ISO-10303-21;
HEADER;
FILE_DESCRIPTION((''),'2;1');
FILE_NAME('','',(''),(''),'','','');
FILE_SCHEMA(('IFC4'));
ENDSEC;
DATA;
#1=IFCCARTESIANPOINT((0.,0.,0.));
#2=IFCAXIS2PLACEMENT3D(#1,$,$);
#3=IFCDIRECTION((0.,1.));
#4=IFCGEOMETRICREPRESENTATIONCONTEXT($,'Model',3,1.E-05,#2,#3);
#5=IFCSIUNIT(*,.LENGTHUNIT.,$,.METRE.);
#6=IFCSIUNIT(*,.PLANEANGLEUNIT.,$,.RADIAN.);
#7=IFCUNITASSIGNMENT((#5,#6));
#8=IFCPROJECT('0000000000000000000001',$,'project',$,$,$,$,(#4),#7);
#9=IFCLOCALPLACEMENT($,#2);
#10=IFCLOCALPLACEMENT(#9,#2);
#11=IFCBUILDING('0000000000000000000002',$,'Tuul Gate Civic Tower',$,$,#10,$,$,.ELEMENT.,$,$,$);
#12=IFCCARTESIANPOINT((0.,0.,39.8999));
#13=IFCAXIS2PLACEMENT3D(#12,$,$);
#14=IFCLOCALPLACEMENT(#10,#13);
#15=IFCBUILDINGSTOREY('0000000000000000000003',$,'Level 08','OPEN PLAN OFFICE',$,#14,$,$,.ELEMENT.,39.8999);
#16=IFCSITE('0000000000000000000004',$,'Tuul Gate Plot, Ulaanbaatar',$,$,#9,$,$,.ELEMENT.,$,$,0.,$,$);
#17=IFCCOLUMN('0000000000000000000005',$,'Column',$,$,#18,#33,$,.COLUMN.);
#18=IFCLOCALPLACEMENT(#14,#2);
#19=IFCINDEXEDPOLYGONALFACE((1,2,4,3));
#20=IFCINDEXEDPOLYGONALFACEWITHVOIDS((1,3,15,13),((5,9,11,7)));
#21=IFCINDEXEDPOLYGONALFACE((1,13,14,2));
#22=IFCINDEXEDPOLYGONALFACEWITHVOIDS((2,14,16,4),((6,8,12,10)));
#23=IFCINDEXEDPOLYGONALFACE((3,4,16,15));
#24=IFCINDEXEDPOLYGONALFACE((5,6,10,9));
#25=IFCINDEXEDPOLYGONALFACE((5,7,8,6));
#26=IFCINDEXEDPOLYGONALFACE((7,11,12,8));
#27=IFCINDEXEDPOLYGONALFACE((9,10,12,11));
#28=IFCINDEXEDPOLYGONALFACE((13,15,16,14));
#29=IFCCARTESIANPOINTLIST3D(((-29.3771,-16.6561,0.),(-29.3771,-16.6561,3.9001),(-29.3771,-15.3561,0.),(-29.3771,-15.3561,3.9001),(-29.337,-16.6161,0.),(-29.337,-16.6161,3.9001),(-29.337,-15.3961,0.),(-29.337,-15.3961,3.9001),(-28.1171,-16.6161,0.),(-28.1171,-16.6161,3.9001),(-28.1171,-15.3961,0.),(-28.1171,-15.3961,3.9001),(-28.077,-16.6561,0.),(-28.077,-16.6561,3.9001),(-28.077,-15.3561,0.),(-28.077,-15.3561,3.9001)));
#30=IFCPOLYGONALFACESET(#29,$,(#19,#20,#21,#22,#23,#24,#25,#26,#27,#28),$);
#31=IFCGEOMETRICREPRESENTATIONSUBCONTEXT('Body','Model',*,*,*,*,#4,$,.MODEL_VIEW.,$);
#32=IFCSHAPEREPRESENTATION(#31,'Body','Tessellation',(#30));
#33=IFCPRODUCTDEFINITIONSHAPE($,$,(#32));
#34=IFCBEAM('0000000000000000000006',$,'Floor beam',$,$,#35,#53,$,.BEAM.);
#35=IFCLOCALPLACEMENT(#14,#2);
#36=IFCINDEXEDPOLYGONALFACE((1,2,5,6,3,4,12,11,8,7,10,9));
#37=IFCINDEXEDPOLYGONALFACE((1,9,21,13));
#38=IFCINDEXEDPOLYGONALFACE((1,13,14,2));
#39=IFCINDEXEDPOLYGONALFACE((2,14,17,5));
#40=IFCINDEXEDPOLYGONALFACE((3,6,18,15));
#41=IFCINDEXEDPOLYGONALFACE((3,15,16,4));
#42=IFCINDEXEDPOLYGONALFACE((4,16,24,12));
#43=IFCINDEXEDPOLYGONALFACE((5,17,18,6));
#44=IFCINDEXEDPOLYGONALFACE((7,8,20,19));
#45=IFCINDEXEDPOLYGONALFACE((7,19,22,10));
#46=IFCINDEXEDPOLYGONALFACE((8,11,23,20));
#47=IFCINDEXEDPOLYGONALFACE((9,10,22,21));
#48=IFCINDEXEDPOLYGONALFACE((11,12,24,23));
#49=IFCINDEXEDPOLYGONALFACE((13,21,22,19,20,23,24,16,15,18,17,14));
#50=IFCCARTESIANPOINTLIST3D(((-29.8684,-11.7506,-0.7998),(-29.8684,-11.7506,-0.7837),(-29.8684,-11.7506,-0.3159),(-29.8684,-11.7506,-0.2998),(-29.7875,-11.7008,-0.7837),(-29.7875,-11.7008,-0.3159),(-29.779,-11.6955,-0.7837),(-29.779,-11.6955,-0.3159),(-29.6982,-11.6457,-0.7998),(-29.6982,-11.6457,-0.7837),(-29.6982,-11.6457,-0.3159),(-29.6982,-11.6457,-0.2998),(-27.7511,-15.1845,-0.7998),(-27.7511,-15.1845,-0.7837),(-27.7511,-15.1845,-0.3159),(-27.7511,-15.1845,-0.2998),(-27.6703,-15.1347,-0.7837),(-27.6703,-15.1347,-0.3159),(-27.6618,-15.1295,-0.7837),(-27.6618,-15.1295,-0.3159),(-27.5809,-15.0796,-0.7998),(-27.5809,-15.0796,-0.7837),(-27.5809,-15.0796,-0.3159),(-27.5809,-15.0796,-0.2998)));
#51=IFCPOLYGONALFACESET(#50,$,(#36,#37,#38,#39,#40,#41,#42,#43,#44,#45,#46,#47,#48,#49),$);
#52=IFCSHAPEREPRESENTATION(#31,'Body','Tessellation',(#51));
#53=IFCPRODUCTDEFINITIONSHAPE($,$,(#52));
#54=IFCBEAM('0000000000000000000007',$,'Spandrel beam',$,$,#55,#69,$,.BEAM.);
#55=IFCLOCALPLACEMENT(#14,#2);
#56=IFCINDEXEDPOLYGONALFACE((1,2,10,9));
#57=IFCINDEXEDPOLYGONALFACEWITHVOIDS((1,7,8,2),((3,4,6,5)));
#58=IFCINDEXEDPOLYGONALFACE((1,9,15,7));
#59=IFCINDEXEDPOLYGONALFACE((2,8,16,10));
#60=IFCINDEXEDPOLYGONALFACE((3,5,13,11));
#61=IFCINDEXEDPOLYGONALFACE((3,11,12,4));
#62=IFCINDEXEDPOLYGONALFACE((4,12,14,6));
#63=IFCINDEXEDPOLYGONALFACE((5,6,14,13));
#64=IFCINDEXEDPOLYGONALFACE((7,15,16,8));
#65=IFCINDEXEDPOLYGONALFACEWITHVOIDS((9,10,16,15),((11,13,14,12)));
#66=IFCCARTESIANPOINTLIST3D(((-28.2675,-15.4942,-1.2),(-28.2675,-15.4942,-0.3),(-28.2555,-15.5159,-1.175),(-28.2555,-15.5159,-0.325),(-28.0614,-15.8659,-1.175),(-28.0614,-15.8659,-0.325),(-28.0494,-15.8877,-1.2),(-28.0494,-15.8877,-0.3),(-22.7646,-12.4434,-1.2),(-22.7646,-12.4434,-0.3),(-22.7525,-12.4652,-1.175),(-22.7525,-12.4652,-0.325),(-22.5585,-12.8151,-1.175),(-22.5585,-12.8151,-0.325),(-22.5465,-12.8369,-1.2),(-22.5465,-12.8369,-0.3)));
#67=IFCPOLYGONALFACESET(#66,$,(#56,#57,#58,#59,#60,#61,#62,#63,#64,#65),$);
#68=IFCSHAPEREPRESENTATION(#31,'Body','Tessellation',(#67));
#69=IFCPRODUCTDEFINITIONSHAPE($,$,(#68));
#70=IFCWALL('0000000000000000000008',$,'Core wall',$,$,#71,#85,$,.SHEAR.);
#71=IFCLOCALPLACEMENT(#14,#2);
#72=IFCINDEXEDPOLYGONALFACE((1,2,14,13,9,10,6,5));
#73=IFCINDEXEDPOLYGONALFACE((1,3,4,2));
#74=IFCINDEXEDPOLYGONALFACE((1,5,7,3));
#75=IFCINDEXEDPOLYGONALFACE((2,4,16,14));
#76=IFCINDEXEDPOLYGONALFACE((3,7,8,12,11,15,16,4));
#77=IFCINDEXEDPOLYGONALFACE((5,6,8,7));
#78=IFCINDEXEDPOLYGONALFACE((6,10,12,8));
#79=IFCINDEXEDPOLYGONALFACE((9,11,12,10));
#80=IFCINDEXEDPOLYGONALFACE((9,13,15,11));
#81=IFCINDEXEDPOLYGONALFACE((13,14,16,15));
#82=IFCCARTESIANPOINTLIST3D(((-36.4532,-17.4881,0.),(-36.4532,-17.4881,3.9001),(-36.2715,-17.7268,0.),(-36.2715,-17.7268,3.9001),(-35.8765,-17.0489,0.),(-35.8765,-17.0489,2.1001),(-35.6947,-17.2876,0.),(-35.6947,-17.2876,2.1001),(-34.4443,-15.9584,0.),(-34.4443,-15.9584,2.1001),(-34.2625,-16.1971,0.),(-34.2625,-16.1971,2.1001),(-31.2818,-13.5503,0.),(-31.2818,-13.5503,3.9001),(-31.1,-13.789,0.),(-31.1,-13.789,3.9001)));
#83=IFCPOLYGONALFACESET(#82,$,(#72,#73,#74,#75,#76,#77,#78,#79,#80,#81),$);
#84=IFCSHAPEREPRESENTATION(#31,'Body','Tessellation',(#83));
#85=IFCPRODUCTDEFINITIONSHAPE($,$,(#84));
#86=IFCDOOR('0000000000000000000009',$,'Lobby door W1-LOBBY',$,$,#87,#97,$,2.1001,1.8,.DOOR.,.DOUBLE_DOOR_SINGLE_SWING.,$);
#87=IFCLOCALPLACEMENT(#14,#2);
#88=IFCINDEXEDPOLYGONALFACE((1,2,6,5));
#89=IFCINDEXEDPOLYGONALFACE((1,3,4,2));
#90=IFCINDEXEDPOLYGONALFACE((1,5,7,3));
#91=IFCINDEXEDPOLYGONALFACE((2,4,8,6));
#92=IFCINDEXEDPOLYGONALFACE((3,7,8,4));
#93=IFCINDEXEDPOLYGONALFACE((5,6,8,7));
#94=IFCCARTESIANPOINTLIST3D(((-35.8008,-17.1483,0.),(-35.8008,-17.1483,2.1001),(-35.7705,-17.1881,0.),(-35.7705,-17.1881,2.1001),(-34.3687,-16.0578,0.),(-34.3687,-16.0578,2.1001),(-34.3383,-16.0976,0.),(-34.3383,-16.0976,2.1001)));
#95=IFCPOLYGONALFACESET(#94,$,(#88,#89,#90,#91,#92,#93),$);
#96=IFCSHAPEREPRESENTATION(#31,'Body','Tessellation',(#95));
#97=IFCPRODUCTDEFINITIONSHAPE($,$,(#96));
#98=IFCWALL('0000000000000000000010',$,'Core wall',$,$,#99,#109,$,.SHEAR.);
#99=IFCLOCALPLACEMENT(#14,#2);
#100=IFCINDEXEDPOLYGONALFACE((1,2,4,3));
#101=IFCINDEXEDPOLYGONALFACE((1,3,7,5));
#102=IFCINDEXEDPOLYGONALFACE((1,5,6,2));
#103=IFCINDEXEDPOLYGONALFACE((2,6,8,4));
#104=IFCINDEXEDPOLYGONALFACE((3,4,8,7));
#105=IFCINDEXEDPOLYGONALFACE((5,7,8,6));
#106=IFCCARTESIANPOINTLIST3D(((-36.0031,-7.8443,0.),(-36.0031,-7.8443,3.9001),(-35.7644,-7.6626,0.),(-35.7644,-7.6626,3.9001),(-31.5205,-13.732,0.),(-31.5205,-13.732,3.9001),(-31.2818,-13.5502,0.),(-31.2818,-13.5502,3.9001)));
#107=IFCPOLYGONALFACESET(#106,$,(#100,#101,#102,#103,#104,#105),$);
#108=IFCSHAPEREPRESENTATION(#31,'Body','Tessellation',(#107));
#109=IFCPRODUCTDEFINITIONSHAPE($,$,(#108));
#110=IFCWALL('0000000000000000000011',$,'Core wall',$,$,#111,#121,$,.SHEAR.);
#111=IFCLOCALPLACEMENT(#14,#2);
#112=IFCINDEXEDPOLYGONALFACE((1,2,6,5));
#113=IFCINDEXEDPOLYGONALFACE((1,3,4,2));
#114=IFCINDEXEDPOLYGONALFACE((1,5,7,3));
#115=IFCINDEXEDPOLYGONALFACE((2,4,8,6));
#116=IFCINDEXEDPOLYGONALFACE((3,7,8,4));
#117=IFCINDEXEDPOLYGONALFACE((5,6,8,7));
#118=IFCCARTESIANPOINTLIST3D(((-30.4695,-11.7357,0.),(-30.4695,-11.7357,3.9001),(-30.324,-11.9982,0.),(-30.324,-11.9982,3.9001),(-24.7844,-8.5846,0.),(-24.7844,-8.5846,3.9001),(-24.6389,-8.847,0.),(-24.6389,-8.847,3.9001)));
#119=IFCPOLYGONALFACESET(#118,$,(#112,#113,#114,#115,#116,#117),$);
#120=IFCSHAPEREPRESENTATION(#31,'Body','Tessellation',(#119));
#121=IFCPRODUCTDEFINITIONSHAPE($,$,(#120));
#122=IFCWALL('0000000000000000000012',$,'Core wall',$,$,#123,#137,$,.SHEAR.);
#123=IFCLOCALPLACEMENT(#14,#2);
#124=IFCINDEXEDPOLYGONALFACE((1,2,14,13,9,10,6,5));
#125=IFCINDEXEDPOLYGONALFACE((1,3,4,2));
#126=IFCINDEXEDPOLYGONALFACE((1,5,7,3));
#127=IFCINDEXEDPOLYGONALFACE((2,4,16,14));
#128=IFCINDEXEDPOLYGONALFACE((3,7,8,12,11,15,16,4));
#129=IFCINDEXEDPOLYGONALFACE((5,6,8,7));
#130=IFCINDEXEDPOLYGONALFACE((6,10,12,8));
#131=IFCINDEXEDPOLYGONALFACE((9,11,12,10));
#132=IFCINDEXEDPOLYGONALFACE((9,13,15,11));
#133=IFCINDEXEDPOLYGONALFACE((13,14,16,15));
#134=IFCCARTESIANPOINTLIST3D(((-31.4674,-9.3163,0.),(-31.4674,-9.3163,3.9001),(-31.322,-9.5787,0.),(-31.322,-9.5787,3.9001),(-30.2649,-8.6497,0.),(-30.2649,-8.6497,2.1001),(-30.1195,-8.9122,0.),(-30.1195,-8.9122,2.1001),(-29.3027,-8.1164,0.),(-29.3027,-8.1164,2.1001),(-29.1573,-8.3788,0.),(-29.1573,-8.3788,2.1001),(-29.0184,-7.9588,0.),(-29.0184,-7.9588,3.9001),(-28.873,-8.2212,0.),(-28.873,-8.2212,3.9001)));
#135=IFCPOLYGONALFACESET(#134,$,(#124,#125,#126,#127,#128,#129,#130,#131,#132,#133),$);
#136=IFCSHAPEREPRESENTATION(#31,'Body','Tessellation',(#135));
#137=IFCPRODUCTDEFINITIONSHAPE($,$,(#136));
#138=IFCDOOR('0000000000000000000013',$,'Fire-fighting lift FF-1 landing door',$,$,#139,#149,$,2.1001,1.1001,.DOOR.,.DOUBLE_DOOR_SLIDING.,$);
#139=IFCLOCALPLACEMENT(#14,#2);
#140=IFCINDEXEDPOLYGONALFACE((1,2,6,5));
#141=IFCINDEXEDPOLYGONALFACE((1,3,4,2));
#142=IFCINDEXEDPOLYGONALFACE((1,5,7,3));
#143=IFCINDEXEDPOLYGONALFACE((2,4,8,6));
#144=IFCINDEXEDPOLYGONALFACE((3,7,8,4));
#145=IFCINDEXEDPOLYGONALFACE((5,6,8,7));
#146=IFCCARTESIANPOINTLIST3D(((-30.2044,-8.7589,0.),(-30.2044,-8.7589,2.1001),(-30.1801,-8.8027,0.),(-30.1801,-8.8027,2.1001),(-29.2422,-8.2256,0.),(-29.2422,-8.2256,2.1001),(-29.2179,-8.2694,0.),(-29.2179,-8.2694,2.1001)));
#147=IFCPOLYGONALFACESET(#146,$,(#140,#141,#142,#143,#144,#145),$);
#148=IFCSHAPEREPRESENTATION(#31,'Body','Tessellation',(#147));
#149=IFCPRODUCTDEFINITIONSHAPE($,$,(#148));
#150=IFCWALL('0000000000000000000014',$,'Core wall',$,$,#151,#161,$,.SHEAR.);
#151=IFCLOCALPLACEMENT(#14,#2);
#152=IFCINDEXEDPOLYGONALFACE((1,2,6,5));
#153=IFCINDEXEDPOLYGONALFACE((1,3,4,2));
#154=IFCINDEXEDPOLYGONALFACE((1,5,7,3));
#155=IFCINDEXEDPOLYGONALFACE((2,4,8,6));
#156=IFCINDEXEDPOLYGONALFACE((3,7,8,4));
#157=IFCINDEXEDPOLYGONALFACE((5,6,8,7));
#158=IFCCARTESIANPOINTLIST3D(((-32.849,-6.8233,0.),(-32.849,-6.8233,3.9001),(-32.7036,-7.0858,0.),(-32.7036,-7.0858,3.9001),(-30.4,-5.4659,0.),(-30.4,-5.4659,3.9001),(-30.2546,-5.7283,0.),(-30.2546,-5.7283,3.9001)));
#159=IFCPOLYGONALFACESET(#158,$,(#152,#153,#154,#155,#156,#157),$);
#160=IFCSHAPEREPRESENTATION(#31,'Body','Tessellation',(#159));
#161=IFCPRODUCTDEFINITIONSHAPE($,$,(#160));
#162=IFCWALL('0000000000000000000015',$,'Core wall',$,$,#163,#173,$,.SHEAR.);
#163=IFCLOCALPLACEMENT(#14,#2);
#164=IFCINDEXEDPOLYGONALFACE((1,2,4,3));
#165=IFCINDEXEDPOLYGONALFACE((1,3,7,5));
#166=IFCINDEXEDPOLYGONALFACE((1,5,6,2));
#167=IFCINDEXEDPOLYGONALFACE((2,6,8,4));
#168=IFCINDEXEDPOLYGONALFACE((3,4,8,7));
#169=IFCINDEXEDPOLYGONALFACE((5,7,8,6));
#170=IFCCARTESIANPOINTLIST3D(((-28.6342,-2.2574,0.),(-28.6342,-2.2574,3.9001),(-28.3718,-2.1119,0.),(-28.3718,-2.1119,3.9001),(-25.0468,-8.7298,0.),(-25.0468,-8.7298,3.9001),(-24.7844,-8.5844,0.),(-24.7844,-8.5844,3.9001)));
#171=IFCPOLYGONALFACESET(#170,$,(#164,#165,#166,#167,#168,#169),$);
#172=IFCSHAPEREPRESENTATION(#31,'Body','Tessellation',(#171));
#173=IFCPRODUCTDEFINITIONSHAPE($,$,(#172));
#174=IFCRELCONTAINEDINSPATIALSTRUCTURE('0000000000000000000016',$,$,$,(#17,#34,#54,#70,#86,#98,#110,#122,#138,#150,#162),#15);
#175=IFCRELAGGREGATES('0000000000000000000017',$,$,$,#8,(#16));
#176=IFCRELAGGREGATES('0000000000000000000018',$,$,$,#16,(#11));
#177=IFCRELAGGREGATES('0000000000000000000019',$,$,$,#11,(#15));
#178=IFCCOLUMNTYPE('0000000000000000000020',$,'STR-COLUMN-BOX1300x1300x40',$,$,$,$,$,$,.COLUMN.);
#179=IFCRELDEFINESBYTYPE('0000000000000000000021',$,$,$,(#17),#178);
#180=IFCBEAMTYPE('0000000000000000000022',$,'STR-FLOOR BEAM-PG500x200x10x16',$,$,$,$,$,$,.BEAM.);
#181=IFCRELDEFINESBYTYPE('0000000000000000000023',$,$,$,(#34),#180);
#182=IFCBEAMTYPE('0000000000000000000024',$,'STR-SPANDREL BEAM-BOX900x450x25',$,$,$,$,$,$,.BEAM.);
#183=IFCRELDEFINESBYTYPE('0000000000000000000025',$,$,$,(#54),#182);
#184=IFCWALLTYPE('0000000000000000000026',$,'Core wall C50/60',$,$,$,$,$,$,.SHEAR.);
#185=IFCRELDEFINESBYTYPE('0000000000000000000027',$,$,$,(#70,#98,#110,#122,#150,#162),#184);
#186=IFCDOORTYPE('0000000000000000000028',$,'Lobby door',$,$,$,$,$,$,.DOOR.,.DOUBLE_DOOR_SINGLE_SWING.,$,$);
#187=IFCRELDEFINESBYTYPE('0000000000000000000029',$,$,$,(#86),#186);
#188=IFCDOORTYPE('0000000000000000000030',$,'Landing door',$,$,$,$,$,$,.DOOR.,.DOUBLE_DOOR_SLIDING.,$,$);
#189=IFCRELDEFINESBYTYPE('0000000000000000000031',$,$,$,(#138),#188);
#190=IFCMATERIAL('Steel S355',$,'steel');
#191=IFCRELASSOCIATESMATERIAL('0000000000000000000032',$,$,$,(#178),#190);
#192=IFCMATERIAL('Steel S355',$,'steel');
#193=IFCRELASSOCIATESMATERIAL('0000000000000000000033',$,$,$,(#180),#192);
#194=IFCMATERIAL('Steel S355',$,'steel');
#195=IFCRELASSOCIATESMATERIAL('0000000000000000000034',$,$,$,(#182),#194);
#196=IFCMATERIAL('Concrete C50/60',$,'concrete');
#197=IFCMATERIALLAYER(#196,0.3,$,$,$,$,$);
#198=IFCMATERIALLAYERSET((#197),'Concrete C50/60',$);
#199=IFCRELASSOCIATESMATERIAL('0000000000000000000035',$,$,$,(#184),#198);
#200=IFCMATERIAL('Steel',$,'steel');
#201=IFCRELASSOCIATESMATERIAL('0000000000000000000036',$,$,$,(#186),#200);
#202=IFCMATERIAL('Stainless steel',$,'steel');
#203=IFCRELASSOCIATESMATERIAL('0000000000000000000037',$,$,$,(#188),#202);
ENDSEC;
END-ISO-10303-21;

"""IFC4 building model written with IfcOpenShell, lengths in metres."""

from ifc_helpers import new_model, si_unit, direction, frame, frame_2d, origin, origin_2d, place, context, subcontext, project, spatial, rectangle, hollow_rectangle, i_section, extrude, material, layer, layer_set, material_profile, profile_set, type_object, element, fill, save


model = new_model("IFC4")

# Units and contexts
model_context = context("Model", 3, precision=1e-05, world=origin(), true_north=direction((0.0, 1.0)))
body_context = subcontext(model_context, "Body", "Model", "MODEL_VIEW")
ifc_project = project(units=[si_unit("LENGTHUNIT", "METRE"), si_unit("PLANEANGLEUNIT", "RADIAN")], contexts=[model_context])

# Site, building, storey
site_placement = place(None, origin())
site = spatial("IfcSite", under=ifc_project, at=site_placement, Name="Tuul Gate Plot, Ulaanbaatar", CompositionType="ELEMENT", RefElevation=0.0)
building_placement = place(site_placement, origin())
building = spatial("IfcBuilding", under=site, at=building_placement, Name="Tuul Gate Civic Tower", CompositionType="ELEMENT")
storey_placement = place(building_placement, frame((0.0, 0.0, 39.8999)))
storey = spatial("IfcBuildingStorey", under=building, at=storey_placement, Name="Level 08", Description="OPEN PLAN OFFICE", CompositionType="ELEMENT", Elevation=39.8999)

# Column
ifc_material_1 = material(Name="Steel S355", Category="steel")
ifc_material_profile_1 = material_profile(ifc_material_1, hollow_rectangle(XDim=1.3, YDim=1.3, WallThickness=0.04, at=origin_2d()), Name="BOX1300x1300x40")
ifc_profile_set_1 = profile_set([ifc_material_profile_1], Name="Steel S355")
column_type = type_object("IfcColumnType", Name="STR-COLUMN-BOX1300x1300x40", PredefinedType="COLUMN", material=ifc_profile_set_1)
column_placement = place(storey_placement, frame((-28.7271, -16.0061, 0.0), z_axis=(0.0, 0.0, 1.0), x_axis=(1.0, 0.0, 0.0)))
element("IfcColumn", 1, at=column_placement, inside=storey, type_object=column_type, Name="Column", PredefinedType="COLUMN", context=body_context, shape_type="SweptSolid", body=[
    extrude(hollow_rectangle(XDim=1.3, YDim=1.3, WallThickness=0.04, at=origin_2d()), origin(), (0.0, 0.0, 1.0), 3.9001),
])

# Beams
ifc_material_2 = material(Name="Steel S355", Category="steel")
ifc_material_profile_2 = material_profile(ifc_material_2, i_section(OverallWidth=0.2, OverallDepth=0.5, WebThickness=0.01, FlangeThickness=0.0161, at=origin_2d()), Name="PG500x200x10x16")
ifc_profile_set_2 = profile_set([ifc_material_profile_2], Name="Steel S355")
beam_type_1 = type_object("IfcBeamType", Name="STR-FLOOR BEAM-PG500x200x10x16", PredefinedType="BEAM", material=ifc_profile_set_2)
beam_1_placement = place(storey_placement, frame((-27.666, -15.1321, -0.5498), z_axis=(-0.524827, 0.851209, 0.0), x_axis=(-0.851209, -0.524827, 0.0)))
element("IfcBeam", 2, at=beam_1_placement, inside=storey, type_object=beam_type_1, Name="Floor beam", PredefinedType="BEAM", context=body_context, shape_type="SweptSolid", body=[
    extrude(i_section(OverallWidth=0.2, OverallDepth=0.5, WebThickness=0.01, FlangeThickness=0.0161, at=origin_2d()), origin(), (0.0, 0.0, 1.0), 4.0342),
])
ifc_material_3 = material(Name="Steel S355", Category="steel")
ifc_material_profile_3 = material_profile(ifc_material_3, hollow_rectangle(XDim=0.45, YDim=0.8999, WallThickness=0.0249, at=origin_2d()), Name="BOX900x450x25")
ifc_profile_set_3 = profile_set([ifc_material_profile_3], Name="Steel S355")
beam_type_2 = type_object("IfcBeamType", Name="STR-SPANDREL BEAM-BOX900x450x25", PredefinedType="BEAM", material=ifc_profile_set_3)
beam_2_placement = place(storey_placement, frame((-28.1584, -15.6909, -0.75), z_axis=(0.874589, 0.484865, 0.0), x_axis=(-0.484865, 0.874589, 0.0)))
element("IfcBeam", 3, at=beam_2_placement, inside=storey, type_object=beam_type_2, Name="Spandrel beam", PredefinedType="BEAM", context=body_context, shape_type="SweptSolid", body=[
    extrude(hollow_rectangle(XDim=0.45, YDim=0.8999, WallThickness=0.0249, at=origin_2d()), origin(), (0.0, 0.0, 1.0), 6.292),
])

# Wall, opening, door
ifc_material_4 = material(Name="Concrete C50/60", Category="concrete")
ifc_layer_1 = layer(ifc_material_4, 0.3)
ifc_layer_set_1 = layer_set([ifc_layer_1], Name="Concrete C50/60")
wall_type_1 = type_object("IfcWallType", Name="Core wall C50/60", PredefinedType="SHEAR", material=ifc_layer_set_1)
wall_1_placement = place(storey_placement, frame((-31.1909, -13.6697, 0.0), z_axis=(0.0, 0.0, 1.0), x_axis=(-0.795607, -0.605813, 0.0)))
wall_1 = element("IfcWall", 4, at=wall_1_placement, inside=storey, type_object=wall_type_1, Name="Core wall", PredefinedType="SHEAR", context=body_context, shape_type="SweptSolid", body=[
    extrude(rectangle(XDim=6.5, YDim=0.3, at=frame_2d((3.25, 0.0))), origin(), (0.0, 0.0, 1.0), 3.9001),
])
opening_1_placement = place(wall_1_placement, frame((3.9751, 0.0, 0.0)))
opening_1 = element("IfcOpeningElement", 5, at=opening_1_placement, cuts=wall_1, PredefinedType="OPENING", context=body_context, shape_type="SweptSolid", body=[
    extrude(rectangle(XDim=1.8, YDim=2.1001, at=frame_2d((0.8999, 1.05))), frame((0.0, 0.1602, 0.0), z_axis=(0.0, -1.0, 0.0), x_axis=(1.0, 0.0, 0.0)), (0.0, 0.0, 1.0), 0.3201),
])
ifc_material_5 = material(Name="Steel", Category="steel")
door_type_1 = type_object("IfcDoorType", Name="Lobby door", OperationType="DOUBLE_DOOR_SINGLE_SWING", PredefinedType="DOOR", material=ifc_material_5)
door_1_placement = place(opening_1_placement, origin())
door_1 = element("IfcDoor", 6, at=door_1_placement, inside=storey, type_object=door_type_1, Name="Lobby door W1-LOBBY", OperationType="DOUBLE_DOOR_SINGLE_SWING", OverallHeight=2.1001, OverallWidth=1.8, PredefinedType="DOOR", context=body_context, shape_type="SweptSolid", body=[
    extrude(rectangle(XDim=1.8, YDim=2.1001, at=frame_2d((0.8999, 1.05))), frame((0.0, 0.0249, 0.0), z_axis=(0.0, -1.0, 0.0), x_axis=(1.0, 0.0, 0.0)), (0.0, 0.0, 1.0), 0.05),
])
fill(opening_1, door_1)

# Walls
wall_2_placement = place(storey_placement, frame((-31.4011, -13.6411, 0.0), z_axis=(0.0, 0.0, 1.0), x_axis=(-0.60577, 0.79564, 0.0)))
element("IfcWall", 7, at=wall_2_placement, inside=storey, type_object=wall_type_1, Name="Core wall", PredefinedType="SHEAR", context=body_context, shape_type="SweptSolid", body=[
    extrude(rectangle(XDim=7.3999, YDim=0.3, at=frame_2d((3.7, 0.0))), origin(), (0.0, 0.0, 1.0), 3.9001),
])
wall_3_placement = place(storey_placement, frame((-24.7117, -8.7158, 0.0), z_axis=(0.0, 0.0, 1.0), x_axis=(-0.87463, -0.484791, 0.0)))
element("IfcWall", 8, at=wall_3_placement, inside=storey, type_object=wall_type_1, Name="Core wall", PredefinedType="SHEAR", context=body_context, shape_type="SweptSolid", body=[
    extrude(rectangle(XDim=6.5, YDim=0.3, at=frame_2d((3.25, 0.0))), origin(), (0.0, 0.0, 1.0), 3.9001),
])

# Wall, opening, door
wall_4_placement = place(storey_placement, frame((-28.9458, -8.0901, 0.0), z_axis=(0.0, 0.0, 1.0), x_axis=(-0.87463, -0.484791, 0.0)))
wall_4 = element("IfcWall", 9, at=wall_4_placement, inside=storey, type_object=wall_type_1, Name="Core wall", PredefinedType="SHEAR", context=body_context, shape_type="SweptSolid", body=[
    extrude(rectangle(XDim=2.8, YDim=0.3, at=frame_2d((1.3999, 0.0))), origin(), (0.0, 0.0, 1.0), 3.9001),
])
opening_2_placement = place(wall_4_placement, frame((0.325, 0.0, 0.0)))
opening_2 = element("IfcOpeningElement", 10, at=opening_2_placement, cuts=wall_4, PredefinedType="OPENING", context=body_context, shape_type="SweptSolid", body=[
    extrude(rectangle(XDim=1.1001, YDim=2.1001, at=frame_2d((0.55, 1.05))), frame((0.0, 0.1602, 0.0), z_axis=(0.0, -1.0, 0.0), x_axis=(1.0, 0.0, 0.0)), (0.0, 0.0, 1.0), 0.3201),
])
ifc_material_6 = material(Name="Stainless steel", Category="steel")
door_type_2 = type_object("IfcDoorType", Name="Landing door", OperationType="DOUBLE_DOOR_SLIDING", PredefinedType="DOOR", material=ifc_material_6)
door_2_placement = place(opening_2_placement, origin())
door_2 = element("IfcDoor", 11, at=door_2_placement, inside=storey, type_object=door_type_2, Name="Fire-fighting lift FF-1 landing door", OperationType="DOUBLE_DOOR_SLIDING", OverallHeight=2.1001, OverallWidth=1.1001, PredefinedType="DOOR", context=body_context, shape_type="SweptSolid", body=[
    extrude(rectangle(XDim=1.1001, YDim=2.1001, at=frame_2d((0.55, 1.05))), frame((0.0, 0.0249, 0.0), z_axis=(0.0, -1.0, 0.0), x_axis=(1.0, 0.0, 0.0)), (0.0, 0.0, 1.0), 0.05),
])
fill(opening_2, door_2)

# Walls
wall_5_placement = place(storey_placement, frame((-30.3274, -5.5972, 0.0), z_axis=(0.0, 0.0, 1.0), x_axis=(-0.87463, -0.484791, 0.0)))
element("IfcWall", 12, at=wall_5_placement, inside=storey, type_object=wall_type_1, Name="Core wall", PredefinedType="SHEAR", context=body_context, shape_type="SweptSolid", body=[
    extrude(rectangle(XDim=2.8, YDim=0.3, at=frame_2d((1.3999, 0.0))), origin(), (0.0, 0.0, 1.0), 3.9001),
])
wall_6_placement = place(storey_placement, frame((-24.9155, -8.6572, 0.0), z_axis=(0.0, 0.0, 1.0), x_axis=(-0.484777, 0.874638, 0.0)))
element("IfcWall", 13, at=wall_6_placement, inside=storey, type_object=wall_type_1, Name="Core wall", PredefinedType="SHEAR", context=body_context, shape_type="SweptSolid", body=[
    extrude(rectangle(XDim=7.4001, YDim=0.3, at=frame_2d((3.7002, 0.0))), origin(), (0.0, 0.0, 1.0), 3.9001),
])

save(model, "model.ifc")
